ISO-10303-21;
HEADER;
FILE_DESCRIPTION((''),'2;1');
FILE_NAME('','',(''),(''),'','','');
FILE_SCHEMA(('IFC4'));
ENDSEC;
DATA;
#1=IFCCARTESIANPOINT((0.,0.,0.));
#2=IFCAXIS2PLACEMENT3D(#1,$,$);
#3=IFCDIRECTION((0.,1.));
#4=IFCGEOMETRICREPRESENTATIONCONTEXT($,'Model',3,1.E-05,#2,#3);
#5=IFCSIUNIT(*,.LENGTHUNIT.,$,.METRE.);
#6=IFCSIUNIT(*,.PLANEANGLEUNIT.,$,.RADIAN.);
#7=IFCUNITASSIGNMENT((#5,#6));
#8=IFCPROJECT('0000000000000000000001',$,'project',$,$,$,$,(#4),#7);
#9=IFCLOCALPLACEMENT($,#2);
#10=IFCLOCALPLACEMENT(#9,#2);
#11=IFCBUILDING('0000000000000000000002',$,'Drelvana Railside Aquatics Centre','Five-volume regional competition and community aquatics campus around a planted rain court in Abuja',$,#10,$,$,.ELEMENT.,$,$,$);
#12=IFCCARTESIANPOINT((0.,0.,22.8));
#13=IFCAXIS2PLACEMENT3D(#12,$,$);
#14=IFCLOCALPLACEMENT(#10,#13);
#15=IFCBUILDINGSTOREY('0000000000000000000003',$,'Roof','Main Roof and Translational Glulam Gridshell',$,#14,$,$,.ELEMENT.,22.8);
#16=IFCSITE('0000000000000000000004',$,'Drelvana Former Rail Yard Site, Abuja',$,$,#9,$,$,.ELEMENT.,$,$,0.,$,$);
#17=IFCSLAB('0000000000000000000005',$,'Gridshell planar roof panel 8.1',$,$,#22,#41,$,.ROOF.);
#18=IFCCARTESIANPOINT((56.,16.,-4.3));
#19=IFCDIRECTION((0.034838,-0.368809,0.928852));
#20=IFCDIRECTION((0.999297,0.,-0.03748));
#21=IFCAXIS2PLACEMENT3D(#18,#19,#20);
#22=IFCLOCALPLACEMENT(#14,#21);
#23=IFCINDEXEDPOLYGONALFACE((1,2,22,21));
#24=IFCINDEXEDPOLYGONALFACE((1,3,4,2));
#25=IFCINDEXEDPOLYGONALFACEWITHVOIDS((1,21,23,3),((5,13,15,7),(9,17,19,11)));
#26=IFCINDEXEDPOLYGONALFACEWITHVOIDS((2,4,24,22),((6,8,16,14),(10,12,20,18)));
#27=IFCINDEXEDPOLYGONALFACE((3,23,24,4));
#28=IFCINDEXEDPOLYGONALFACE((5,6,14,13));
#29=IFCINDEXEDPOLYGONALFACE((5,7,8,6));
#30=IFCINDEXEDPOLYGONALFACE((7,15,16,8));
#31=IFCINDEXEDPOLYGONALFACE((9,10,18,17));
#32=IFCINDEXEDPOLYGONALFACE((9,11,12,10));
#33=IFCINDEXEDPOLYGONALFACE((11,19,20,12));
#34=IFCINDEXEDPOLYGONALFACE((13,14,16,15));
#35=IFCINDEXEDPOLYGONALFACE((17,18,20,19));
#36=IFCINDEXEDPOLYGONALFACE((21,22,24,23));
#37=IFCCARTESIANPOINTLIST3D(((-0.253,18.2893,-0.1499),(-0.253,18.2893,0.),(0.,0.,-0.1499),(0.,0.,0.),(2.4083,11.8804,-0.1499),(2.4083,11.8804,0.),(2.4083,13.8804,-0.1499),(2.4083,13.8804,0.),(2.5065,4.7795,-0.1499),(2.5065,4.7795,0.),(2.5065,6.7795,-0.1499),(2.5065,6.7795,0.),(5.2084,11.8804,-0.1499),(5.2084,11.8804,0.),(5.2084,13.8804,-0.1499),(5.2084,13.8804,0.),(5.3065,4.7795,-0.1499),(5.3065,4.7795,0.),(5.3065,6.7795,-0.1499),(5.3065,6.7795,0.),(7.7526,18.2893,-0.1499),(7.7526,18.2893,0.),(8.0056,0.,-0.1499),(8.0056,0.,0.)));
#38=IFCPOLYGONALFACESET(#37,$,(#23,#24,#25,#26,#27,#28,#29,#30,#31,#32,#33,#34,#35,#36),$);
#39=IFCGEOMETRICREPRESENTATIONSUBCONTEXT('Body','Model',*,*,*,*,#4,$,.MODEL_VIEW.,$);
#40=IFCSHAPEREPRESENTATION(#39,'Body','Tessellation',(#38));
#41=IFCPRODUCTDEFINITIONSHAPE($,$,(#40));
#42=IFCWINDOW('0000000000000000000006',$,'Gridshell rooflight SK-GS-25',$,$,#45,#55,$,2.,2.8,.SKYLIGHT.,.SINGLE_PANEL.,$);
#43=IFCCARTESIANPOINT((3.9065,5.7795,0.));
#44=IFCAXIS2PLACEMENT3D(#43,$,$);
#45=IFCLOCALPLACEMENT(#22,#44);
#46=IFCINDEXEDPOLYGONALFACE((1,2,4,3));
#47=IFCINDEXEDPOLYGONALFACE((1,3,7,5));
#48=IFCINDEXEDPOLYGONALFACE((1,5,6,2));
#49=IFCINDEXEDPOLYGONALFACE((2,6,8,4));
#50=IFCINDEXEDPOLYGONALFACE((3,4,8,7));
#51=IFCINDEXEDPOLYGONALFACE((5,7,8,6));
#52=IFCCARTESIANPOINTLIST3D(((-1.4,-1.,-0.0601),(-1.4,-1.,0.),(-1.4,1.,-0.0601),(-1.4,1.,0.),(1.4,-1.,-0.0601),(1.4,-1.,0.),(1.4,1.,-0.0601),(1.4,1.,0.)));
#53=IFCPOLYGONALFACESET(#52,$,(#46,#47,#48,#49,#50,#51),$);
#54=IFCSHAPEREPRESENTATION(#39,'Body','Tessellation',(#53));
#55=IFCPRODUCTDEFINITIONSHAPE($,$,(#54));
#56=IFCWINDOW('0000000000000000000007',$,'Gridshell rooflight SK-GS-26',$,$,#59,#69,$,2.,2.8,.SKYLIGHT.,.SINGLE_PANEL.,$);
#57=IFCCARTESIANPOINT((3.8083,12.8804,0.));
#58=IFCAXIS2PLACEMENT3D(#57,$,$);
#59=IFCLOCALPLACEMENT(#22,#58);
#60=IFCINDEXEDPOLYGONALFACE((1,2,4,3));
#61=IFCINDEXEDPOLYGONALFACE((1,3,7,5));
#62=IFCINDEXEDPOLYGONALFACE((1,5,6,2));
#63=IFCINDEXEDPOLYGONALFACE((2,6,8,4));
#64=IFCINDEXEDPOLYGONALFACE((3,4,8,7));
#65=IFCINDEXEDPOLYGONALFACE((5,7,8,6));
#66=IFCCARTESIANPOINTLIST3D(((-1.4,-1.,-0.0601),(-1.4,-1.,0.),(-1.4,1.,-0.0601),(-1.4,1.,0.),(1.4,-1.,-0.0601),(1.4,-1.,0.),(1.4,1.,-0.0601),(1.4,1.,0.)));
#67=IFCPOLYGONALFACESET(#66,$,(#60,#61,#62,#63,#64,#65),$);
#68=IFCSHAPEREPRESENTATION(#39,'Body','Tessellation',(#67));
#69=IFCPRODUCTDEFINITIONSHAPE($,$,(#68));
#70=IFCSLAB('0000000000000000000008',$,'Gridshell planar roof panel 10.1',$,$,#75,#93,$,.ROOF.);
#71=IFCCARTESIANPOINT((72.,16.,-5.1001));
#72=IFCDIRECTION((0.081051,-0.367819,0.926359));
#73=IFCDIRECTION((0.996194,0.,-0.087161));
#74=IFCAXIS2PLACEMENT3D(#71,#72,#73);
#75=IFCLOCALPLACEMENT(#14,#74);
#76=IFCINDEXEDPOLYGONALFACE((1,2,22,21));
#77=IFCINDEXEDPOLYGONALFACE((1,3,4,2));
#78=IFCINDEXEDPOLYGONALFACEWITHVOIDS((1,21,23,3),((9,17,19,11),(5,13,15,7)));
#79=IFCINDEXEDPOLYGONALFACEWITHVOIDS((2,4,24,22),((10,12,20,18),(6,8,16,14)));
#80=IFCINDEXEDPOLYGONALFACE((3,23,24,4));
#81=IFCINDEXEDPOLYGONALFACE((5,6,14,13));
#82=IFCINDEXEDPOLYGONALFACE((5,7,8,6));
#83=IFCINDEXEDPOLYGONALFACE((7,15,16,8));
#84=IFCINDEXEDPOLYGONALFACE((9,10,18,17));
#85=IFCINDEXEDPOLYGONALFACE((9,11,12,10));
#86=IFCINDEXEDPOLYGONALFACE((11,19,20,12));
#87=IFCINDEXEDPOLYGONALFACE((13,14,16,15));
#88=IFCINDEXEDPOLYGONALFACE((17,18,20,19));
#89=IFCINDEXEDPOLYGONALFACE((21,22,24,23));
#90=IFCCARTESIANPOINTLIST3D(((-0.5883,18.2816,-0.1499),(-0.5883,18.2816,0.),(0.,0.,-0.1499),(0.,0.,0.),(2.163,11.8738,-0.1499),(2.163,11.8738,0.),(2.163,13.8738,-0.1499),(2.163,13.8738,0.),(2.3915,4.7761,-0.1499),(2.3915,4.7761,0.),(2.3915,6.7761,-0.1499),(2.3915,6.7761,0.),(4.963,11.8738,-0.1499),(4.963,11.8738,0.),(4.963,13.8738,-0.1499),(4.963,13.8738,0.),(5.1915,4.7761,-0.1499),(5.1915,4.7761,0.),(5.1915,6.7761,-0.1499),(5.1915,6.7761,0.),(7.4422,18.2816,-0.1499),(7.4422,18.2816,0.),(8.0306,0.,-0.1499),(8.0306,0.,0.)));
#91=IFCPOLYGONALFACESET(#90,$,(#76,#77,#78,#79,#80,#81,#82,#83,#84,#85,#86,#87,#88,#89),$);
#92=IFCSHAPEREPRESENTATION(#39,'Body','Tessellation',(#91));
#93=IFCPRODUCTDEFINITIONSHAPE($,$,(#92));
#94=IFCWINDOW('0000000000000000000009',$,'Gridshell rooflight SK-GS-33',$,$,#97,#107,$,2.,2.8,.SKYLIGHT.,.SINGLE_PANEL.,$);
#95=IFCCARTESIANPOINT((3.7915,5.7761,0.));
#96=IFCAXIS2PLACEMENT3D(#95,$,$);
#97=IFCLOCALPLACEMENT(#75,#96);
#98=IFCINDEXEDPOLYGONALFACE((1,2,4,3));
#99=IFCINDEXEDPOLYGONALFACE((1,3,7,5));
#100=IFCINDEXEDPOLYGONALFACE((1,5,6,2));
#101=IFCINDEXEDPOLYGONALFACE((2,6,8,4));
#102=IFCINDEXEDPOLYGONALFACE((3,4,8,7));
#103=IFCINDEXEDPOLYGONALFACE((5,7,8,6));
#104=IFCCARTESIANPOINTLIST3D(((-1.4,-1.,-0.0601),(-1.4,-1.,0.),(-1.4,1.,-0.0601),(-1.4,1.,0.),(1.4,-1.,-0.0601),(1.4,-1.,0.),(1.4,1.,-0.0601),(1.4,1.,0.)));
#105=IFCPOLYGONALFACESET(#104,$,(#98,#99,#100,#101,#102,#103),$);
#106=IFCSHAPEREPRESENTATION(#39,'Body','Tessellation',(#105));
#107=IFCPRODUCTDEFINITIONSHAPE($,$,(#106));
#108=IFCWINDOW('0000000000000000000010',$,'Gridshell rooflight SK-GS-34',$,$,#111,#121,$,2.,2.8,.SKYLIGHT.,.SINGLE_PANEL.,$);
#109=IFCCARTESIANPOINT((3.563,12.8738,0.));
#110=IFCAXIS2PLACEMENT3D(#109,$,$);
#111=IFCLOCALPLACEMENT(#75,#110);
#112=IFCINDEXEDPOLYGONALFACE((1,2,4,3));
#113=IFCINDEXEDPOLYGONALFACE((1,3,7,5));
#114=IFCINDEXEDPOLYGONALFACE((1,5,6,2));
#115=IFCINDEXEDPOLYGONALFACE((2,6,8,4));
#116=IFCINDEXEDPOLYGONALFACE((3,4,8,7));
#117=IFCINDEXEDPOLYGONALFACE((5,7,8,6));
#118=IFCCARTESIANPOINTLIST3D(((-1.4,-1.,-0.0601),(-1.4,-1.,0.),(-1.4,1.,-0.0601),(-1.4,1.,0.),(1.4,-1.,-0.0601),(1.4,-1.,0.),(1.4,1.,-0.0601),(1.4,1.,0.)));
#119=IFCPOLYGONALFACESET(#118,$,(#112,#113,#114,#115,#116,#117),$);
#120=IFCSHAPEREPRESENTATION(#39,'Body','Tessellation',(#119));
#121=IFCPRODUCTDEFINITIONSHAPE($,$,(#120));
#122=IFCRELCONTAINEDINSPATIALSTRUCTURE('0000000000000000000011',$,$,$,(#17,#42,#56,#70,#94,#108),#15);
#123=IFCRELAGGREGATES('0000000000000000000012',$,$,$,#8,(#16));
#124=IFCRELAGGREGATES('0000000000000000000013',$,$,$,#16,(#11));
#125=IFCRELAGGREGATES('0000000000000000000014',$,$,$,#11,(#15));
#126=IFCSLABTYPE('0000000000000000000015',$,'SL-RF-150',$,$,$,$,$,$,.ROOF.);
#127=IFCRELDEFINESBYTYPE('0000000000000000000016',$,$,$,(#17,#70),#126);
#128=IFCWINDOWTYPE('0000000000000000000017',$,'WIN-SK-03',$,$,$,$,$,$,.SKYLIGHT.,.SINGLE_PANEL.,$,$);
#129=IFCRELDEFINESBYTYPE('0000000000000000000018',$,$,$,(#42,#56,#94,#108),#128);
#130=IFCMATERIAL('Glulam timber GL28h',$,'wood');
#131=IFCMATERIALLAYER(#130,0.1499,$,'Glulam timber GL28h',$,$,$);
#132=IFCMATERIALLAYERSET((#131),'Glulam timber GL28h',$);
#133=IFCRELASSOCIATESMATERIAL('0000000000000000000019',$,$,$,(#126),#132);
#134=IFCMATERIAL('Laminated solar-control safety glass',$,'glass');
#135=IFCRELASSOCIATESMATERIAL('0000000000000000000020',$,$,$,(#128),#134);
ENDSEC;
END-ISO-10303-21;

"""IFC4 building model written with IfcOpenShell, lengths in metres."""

from ifc_helpers import new_model, si_unit, direction, frame, origin, origin_2d, place, context, subcontext, project, spatial, polyline, rectangle, outline, extrude, material, layer, layer_set, type_object, element, fill, save


model = new_model("IFC4")

# Units and contexts
model_context = context("Model", 3, precision=1e-05, world=origin(), true_north=direction((0.0, 1.0)))
body_context = subcontext(model_context, "Body", "Model", "MODEL_VIEW")
ifc_project = project(units=[si_unit("LENGTHUNIT", "METRE"), si_unit("PLANEANGLEUNIT", "RADIAN")], contexts=[model_context])

# Site, building, storey
site_placement = place(None, origin())
site = spatial("IfcSite", under=ifc_project, at=site_placement, Name="Drelvana Former Rail Yard Site, Abuja", CompositionType="ELEMENT", RefElevation=0.0)
building_placement = place(site_placement, origin())
building = spatial("IfcBuilding", under=site, at=building_placement, Name="Drelvana Railside Aquatics Centre", Description="Five-volume regional competition and community aquatics campus around a planted rain court in Abuja", CompositionType="ELEMENT")
storey_placement = place(building_placement, frame((0.0, 0.0, 22.8)))
storey = spatial("IfcBuildingStorey", under=building, at=storey_placement, Name="Roof", Description="Main Roof and Translational Glulam Gridshell", CompositionType="ELEMENT", Elevation=22.8)

# Shared definitions
ifc_material_1 = material(Name="Glulam timber GL28h", Category="wood")

# Slab, openings, windows
ifc_layer_1 = layer(ifc_material_1, 0.1499, Name="Glulam timber GL28h")
ifc_layer_set_1 = layer_set([ifc_layer_1], Name="Glulam timber GL28h")
slab_type = type_object("IfcSlabType", Name="SL-RF-150", PredefinedType="ROOF", material=ifc_layer_set_1)
slab_1_placement = place(storey_placement, frame((56.0, 16.0, -4.3), z_axis=(0.034838, -0.368809, 0.928852), x_axis=(0.999297, 0.0, -0.03748)))
slab_1 = element("IfcSlab", 1, at=slab_1_placement, inside=storey, type_object=slab_type, Name="Gridshell planar roof panel 8.1", PredefinedType="ROOF", context=body_context, shape_type="SweptSolid", body=[
    extrude(outline(polyline([(0.0, 0.0), (8.0056, 0.0), (7.7526, 18.2893), (-0.253, 18.2893), (0.0, 0.0)])), origin(), (0.0, 0.0, -1.0), 0.1499),
])
opening_1_placement = place(slab_1_placement, frame((3.9065, 5.7795, 0.01)))
opening_1 = element("IfcOpeningElement", 2, at=opening_1_placement, cuts=slab_1, PredefinedType="OPENING", context=body_context, shape_type="SweptSolid", body=[
    extrude(rectangle(XDim=2.8, YDim=2.0, at=origin_2d()), origin(), (0.0, 0.0, -1.0), 0.1699),
])
opening_2_placement = place(slab_1_placement, frame((3.8083, 12.8804, 0.01)))
opening_2 = element("IfcOpeningElement", 3, at=opening_2_placement, cuts=slab_1, PredefinedType="OPENING", context=body_context, shape_type="SweptSolid", body=[
    extrude(rectangle(XDim=2.8, YDim=2.0, at=origin_2d()), origin(), (0.0, 0.0, -1.0), 0.1699),
])
ifc_material_2 = material(Name="Laminated solar-control safety glass", Category="glass")
window_type = type_object("IfcWindowType", Name="WIN-SK-03", PartitioningType="SINGLE_PANEL", PredefinedType="SKYLIGHT", material=ifc_material_2)
window_1_placement = place(slab_1_placement, frame((3.9065, 5.7795, 0.0)))
window_1 = element("IfcWindow", 4, at=window_1_placement, inside=storey, type_object=window_type, Name="Gridshell rooflight SK-GS-25", OverallHeight=2.0, OverallWidth=2.8, PartitioningType="SINGLE_PANEL", PredefinedType="SKYLIGHT", context=body_context, shape_type="SweptSolid", body=[
    extrude(rectangle(XDim=2.8, YDim=2.0, at=origin_2d()), origin(), (0.0, 0.0, -1.0), 0.0601),
])
fill(opening_1, window_1)
window_2_placement = place(slab_1_placement, frame((3.8083, 12.8804, 0.0)))
window_2 = element("IfcWindow", 5, at=window_2_placement, inside=storey, type_object=window_type, Name="Gridshell rooflight SK-GS-26", OverallHeight=2.0, OverallWidth=2.8, PartitioningType="SINGLE_PANEL", PredefinedType="SKYLIGHT", context=body_context, shape_type="SweptSolid", body=[
    extrude(rectangle(XDim=2.8, YDim=2.0, at=origin_2d()), origin(), (0.0, 0.0, -1.0), 0.0601),
])
fill(opening_2, window_2)

# Slab, openings, windows
slab_2_placement = place(storey_placement, frame((72.0, 16.0, -5.1001), z_axis=(0.081051, -0.367819, 0.926359), x_axis=(0.996194, 0.0, -0.087161)))
slab_2 = element("IfcSlab", 6, at=slab_2_placement, inside=storey, type_object=slab_type, Name="Gridshell planar roof panel 10.1", PredefinedType="ROOF", context=body_context, shape_type="SweptSolid", body=[
    extrude(outline(polyline([(0.0, 0.0), (8.0306, 0.0), (7.4422, 18.2816), (-0.5883, 18.2816), (0.0, 0.0)])), origin(), (0.0, 0.0, -1.0), 0.1499),
])
opening_3_placement = place(slab_2_placement, frame((3.7915, 5.7761, 0.01)))
opening_3 = element("IfcOpeningElement", 7, at=opening_3_placement, cuts=slab_2, PredefinedType="OPENING", context=body_context, shape_type="SweptSolid", body=[
    extrude(rectangle(XDim=2.8, YDim=2.0, at=origin_2d()), origin(), (0.0, 0.0, -1.0), 0.1699),
])
opening_4_placement = place(slab_2_placement, frame((3.563, 12.8738, 0.01)))
opening_4 = element("IfcOpeningElement", 8, at=opening_4_placement, cuts=slab_2, PredefinedType="OPENING", context=body_context, shape_type="SweptSolid", body=[
    extrude(rectangle(XDim=2.8, YDim=2.0, at=origin_2d()), origin(), (0.0, 0.0, -1.0), 0.1699),
])
window_3_placement = place(slab_2_placement, frame((3.7915, 5.7761, 0.0)))
window_3 = element("IfcWindow", 9, at=window_3_placement, inside=storey, type_object=window_type, Name="Gridshell rooflight SK-GS-33", OverallHeight=2.0, OverallWidth=2.8, PartitioningType="SINGLE_PANEL", PredefinedType="SKYLIGHT", context=body_context, shape_type="SweptSolid", body=[
    extrude(rectangle(XDim=2.8, YDim=2.0, at=origin_2d()), origin(), (0.0, 0.0, -1.0), 0.0601),
])
fill(opening_3, window_3)
window_4_placement = place(slab_2_placement, frame((3.563, 12.8738, 0.0)))
window_4 = element("IfcWindow", 10, at=window_4_placement, inside=storey, type_object=window_type, Name="Gridshell rooflight SK-GS-34", OverallHeight=2.0, OverallWidth=2.8, PartitioningType="SINGLE_PANEL", PredefinedType="SKYLIGHT", context=body_context, shape_type="SweptSolid", body=[
    extrude(rectangle(XDim=2.8, YDim=2.0, at=origin_2d()), origin(), (0.0, 0.0, -1.0), 0.0601),
])
fill(opening_4, window_4)

save(model, "model.ifc")
